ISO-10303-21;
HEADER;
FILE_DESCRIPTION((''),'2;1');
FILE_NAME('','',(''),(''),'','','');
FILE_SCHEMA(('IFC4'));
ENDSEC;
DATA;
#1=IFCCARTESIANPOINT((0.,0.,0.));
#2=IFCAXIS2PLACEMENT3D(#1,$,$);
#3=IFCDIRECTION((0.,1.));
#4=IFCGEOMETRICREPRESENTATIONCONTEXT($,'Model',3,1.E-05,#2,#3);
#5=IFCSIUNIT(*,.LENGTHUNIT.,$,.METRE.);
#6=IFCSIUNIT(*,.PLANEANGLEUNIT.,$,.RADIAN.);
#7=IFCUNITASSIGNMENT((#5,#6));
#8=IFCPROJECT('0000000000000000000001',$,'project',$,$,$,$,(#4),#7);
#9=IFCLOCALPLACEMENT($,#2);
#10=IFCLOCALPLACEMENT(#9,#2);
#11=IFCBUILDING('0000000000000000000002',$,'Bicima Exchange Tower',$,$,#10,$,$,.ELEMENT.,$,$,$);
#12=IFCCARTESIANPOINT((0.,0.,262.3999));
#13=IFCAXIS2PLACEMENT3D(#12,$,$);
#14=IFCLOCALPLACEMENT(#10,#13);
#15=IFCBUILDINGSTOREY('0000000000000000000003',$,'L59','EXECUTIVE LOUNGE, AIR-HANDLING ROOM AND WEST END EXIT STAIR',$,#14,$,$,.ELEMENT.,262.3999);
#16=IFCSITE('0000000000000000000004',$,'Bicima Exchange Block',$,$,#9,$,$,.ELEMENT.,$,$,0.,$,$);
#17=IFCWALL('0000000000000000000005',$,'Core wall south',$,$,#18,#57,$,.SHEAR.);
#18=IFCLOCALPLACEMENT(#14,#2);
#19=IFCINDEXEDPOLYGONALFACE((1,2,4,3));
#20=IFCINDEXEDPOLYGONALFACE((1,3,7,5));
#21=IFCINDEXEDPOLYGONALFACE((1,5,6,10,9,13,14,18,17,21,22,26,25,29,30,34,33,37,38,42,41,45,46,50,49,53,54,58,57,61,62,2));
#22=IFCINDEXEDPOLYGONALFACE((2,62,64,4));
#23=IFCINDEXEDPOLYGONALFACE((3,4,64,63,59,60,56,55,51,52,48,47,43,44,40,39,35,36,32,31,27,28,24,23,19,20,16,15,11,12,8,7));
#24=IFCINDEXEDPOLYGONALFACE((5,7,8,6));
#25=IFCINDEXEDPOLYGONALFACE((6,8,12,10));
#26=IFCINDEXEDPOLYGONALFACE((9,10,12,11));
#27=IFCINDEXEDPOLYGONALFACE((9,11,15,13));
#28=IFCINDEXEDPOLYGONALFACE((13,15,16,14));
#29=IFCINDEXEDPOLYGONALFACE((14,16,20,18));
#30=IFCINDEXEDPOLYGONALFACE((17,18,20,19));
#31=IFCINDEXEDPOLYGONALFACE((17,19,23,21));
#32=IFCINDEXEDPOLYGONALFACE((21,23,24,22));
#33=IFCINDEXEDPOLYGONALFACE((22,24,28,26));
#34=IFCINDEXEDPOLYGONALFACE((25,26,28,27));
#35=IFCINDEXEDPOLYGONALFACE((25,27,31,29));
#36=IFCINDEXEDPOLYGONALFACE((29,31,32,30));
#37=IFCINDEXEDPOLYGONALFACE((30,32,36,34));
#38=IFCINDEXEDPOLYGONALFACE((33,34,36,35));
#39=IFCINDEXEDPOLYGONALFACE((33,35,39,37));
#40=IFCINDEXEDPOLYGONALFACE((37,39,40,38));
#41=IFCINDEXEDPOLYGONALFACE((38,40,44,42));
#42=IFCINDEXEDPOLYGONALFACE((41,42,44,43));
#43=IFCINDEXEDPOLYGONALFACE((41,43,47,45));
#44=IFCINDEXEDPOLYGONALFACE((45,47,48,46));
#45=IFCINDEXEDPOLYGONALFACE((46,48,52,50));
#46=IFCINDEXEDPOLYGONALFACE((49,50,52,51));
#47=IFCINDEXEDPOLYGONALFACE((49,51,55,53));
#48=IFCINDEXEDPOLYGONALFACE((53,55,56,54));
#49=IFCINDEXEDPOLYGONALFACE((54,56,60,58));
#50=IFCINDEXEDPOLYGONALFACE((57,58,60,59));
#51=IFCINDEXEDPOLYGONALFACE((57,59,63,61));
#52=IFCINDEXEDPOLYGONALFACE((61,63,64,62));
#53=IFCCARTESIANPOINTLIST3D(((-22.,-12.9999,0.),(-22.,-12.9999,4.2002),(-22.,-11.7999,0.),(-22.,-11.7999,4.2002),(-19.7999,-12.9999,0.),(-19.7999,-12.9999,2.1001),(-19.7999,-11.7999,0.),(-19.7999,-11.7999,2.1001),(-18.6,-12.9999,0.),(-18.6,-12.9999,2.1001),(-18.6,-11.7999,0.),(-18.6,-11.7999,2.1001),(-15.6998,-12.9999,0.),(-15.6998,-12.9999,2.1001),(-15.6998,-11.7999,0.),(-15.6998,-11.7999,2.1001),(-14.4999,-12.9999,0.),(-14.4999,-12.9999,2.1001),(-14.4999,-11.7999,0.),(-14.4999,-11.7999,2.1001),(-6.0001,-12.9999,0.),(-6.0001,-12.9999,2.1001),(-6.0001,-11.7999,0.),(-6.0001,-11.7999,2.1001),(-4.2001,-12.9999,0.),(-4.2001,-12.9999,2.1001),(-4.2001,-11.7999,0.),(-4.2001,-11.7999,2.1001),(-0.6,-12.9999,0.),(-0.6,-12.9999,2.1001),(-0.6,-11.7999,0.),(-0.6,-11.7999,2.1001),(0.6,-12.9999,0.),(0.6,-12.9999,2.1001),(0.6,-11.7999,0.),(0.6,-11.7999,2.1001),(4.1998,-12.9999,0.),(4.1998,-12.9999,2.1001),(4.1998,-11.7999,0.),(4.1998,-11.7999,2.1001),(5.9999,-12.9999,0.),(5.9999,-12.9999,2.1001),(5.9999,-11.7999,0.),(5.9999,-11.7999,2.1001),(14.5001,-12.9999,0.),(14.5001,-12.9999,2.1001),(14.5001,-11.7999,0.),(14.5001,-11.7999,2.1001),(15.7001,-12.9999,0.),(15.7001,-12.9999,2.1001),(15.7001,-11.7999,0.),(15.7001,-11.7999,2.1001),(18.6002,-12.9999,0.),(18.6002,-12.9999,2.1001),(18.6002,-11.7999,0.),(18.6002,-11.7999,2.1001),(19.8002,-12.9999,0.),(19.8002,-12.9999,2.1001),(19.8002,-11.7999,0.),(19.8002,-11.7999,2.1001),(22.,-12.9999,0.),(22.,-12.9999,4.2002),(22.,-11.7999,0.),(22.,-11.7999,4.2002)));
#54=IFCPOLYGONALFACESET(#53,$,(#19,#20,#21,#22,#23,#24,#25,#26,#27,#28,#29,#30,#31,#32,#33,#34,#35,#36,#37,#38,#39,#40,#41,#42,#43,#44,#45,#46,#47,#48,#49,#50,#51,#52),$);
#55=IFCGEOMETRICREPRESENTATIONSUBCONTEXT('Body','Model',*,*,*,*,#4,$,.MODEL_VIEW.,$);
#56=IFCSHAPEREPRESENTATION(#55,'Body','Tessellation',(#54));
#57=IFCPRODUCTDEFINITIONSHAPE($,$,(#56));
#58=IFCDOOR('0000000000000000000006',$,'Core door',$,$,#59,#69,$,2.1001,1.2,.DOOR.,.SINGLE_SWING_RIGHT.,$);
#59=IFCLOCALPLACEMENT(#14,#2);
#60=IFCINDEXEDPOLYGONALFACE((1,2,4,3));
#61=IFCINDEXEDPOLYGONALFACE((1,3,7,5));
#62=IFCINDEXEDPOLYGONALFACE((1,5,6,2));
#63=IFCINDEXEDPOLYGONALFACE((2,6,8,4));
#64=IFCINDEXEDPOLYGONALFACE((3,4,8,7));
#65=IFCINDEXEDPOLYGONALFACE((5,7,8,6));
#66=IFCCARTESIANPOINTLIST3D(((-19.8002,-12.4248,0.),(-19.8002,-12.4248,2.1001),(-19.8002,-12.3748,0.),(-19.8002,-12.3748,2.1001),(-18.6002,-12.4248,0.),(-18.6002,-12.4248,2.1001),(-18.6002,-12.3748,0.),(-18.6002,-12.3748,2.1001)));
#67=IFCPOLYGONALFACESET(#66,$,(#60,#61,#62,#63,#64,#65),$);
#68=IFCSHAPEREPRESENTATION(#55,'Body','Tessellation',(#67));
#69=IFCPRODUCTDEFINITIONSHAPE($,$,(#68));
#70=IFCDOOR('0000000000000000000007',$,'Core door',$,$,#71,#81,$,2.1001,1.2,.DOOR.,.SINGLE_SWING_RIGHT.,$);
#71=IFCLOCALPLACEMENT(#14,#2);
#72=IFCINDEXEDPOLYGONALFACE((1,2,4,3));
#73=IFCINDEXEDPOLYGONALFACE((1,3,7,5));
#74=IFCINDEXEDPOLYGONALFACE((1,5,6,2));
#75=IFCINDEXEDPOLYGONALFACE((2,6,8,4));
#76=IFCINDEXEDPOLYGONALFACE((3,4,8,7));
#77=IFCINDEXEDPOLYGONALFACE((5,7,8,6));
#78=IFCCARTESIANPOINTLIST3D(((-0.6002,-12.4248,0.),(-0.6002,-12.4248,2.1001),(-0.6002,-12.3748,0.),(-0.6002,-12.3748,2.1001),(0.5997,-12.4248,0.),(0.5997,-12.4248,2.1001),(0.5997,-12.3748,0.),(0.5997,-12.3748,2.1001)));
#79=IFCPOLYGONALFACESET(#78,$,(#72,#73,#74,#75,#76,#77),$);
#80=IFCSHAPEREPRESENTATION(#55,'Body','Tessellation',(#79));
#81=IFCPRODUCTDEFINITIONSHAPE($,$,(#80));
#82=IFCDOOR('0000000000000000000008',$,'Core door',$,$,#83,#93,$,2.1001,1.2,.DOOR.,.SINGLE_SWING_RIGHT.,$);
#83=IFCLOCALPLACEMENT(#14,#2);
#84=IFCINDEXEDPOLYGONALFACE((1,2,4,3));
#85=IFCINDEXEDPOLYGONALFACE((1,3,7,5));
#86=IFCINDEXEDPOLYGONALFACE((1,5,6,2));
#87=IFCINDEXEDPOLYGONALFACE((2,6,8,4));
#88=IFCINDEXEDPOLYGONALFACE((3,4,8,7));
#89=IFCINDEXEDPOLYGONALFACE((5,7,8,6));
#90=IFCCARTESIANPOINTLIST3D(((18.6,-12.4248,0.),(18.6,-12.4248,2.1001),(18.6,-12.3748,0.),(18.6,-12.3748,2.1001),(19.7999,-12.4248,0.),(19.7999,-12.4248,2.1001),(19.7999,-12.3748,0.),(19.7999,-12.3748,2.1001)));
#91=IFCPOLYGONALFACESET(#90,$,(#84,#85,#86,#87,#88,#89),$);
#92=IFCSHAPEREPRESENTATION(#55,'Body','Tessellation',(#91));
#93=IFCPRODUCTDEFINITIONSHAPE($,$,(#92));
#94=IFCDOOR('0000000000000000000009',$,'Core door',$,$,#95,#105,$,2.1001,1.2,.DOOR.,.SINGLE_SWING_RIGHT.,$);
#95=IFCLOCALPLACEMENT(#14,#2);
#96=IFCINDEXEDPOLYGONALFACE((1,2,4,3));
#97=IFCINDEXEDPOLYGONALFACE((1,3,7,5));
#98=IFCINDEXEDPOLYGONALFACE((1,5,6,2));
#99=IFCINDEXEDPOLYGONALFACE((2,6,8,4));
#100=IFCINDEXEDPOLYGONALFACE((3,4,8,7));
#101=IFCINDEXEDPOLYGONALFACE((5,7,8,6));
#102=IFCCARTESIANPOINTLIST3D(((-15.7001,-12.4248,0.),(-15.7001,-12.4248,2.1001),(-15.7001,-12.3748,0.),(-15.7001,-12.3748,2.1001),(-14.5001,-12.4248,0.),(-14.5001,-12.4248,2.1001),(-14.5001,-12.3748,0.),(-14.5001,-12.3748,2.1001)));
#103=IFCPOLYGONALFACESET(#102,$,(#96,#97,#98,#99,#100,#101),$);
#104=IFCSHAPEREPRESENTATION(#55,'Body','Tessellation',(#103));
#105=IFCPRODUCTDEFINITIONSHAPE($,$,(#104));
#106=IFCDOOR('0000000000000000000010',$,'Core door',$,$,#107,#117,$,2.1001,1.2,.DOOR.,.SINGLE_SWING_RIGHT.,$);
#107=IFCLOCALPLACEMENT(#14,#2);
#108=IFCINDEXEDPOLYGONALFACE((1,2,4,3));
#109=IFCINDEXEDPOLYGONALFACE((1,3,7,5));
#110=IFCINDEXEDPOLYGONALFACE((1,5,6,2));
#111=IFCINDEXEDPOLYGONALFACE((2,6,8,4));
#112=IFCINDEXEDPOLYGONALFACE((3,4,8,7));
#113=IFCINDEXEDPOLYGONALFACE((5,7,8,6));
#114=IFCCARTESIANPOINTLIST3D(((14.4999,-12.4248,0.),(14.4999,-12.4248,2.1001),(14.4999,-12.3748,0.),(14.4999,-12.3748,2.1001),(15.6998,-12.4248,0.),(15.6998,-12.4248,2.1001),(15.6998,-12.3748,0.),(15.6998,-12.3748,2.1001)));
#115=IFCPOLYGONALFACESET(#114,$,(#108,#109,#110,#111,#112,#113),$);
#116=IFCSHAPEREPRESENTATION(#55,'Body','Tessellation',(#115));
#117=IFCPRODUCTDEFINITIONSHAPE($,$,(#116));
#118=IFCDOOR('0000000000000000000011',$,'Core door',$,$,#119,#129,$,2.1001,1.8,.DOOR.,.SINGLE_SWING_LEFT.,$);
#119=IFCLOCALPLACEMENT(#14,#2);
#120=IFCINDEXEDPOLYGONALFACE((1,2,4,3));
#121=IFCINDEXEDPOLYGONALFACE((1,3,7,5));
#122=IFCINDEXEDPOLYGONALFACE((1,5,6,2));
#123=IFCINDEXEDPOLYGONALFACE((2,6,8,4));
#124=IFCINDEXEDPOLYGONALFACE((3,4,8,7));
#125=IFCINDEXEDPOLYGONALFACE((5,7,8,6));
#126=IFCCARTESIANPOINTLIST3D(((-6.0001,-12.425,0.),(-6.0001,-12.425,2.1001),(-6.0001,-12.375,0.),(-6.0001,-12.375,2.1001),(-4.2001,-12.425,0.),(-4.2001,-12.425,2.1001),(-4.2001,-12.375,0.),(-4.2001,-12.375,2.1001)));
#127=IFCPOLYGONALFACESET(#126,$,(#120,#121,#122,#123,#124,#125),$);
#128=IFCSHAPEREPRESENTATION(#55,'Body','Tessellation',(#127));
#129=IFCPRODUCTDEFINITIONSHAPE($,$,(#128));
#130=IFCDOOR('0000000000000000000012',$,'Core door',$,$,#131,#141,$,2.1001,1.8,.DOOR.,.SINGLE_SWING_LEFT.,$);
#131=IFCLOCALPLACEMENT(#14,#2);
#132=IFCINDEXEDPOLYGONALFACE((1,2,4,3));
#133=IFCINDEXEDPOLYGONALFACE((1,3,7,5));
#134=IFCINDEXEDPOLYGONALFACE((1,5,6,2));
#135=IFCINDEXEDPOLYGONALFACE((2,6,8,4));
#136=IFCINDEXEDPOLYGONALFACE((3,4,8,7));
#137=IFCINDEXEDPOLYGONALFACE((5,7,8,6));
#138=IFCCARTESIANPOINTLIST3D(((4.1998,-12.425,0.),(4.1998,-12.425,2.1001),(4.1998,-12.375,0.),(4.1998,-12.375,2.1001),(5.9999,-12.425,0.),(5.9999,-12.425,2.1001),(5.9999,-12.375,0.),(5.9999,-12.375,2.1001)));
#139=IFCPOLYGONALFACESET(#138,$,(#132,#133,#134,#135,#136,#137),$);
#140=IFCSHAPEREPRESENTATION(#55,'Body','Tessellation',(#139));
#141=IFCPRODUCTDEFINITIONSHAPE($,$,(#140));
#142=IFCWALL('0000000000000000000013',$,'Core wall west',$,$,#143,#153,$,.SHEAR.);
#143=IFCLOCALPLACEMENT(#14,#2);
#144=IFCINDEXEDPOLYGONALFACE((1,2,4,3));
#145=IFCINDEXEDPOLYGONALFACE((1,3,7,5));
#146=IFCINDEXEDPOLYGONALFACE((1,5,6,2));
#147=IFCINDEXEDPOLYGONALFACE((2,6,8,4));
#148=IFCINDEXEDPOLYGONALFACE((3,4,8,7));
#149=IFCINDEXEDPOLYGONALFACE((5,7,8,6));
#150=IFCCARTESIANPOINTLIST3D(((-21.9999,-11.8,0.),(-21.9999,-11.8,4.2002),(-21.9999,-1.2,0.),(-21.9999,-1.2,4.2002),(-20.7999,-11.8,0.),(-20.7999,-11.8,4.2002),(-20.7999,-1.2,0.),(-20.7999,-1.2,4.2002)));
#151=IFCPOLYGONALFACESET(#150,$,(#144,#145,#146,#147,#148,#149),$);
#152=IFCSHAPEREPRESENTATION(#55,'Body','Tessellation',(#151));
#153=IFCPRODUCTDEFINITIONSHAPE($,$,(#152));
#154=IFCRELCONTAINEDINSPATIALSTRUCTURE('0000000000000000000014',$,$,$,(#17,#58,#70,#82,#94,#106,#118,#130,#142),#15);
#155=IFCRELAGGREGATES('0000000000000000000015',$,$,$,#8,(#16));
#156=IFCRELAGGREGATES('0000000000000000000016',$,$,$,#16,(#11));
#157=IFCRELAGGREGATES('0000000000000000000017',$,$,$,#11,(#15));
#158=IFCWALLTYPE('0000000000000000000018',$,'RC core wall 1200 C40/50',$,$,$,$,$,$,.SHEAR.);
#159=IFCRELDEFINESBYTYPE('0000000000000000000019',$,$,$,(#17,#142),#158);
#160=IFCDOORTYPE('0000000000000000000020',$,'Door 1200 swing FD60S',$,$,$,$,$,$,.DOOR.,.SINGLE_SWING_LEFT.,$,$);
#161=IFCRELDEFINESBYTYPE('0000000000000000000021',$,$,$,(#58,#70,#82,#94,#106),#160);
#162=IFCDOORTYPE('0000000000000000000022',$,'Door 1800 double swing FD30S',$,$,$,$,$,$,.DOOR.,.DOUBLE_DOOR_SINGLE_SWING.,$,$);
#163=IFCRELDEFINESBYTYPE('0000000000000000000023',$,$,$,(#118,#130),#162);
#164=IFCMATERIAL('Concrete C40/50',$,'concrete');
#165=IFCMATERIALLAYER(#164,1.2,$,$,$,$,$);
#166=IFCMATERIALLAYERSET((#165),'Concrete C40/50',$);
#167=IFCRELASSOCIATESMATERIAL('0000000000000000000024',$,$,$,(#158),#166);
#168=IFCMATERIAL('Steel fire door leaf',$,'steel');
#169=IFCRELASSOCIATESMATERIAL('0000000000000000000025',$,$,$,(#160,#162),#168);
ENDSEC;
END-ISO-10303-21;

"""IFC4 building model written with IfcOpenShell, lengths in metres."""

from ifc_helpers import new_model, si_unit, direction, frame, frame_2d, origin, place, context, subcontext, project, spatial, rectangle, extrude, material, layer, layer_set, type_object, element, fill, save


model = new_model("IFC4")

# Units and contexts
model_context = context("Model", 3, precision=1e-05, world=origin(), true_north=direction((0.0, 1.0)))
body_context = subcontext(model_context, "Body", "Model", "MODEL_VIEW")
ifc_project = project(units=[si_unit("LENGTHUNIT", "METRE"), si_unit("PLANEANGLEUNIT", "RADIAN")], contexts=[model_context])

# Site, building, storey
site_placement = place(None, origin())
site = spatial("IfcSite", under=ifc_project, at=site_placement, Name="Bicima Exchange Block", CompositionType="ELEMENT", RefElevation=0.0)
building_placement = place(site_placement, origin())
building = spatial("IfcBuilding", under=site, at=building_placement, Name="Bicima Exchange Tower", CompositionType="ELEMENT")
storey_placement = place(building_placement, frame((0.0, 0.0, 262.3999)))
storey = spatial("IfcBuildingStorey", under=building, at=storey_placement, Name="L59", Description="EXECUTIVE LOUNGE, AIR-HANDLING ROOM AND WEST END EXIT STAIR", CompositionType="ELEMENT", Elevation=262.3999)

# Wall, openings, doors
ifc_material_1 = material(Name="Concrete C40/50", Category="concrete")
ifc_layer_1 = layer(ifc_material_1, 1.2)
ifc_layer_set_1 = layer_set([ifc_layer_1], Name="Concrete C40/50")
wall_type_1 = type_object("IfcWallType", Name="RC core wall 1200 C40/50", PredefinedType="SHEAR", material=ifc_layer_set_1)
wall_1_placement = place(storey_placement, frame((-22.0, -12.3999, 0.0), z_axis=(0.0, 0.0, 1.0), x_axis=(1.0, 0.0, 0.0)))
wall_1 = element("IfcWall", 1, at=wall_1_placement, inside=storey, type_object=wall_type_1, Name="Core wall south", PredefinedType="SHEAR", context=body_context, shape_type="SweptSolid", body=[
    extrude(rectangle(XDim=44.0, YDim=1.2, at=frame_2d((22.0, 0.0))), origin(), (0.0, 0.0, 1.0), 4.2002),
])
opening_1_placement = place(wall_1_placement, frame((2.2, 0.0, 0.0)))
opening_1 = element("IfcOpeningElement", 2, at=opening_1_placement, cuts=wall_1, PredefinedType="OPENING", context=body_context, shape_type="SweptSolid", body=[
    extrude(rectangle(XDim=1.2, YDim=2.1001, at=frame_2d((0.6001, 1.05))), frame((0.0, 0.6118, 0.0), z_axis=(0.0, -1.0, 0.0), x_axis=(1.0, 0.0, 0.0)), (0.0, 0.0, 1.0), 1.2239),
])
opening_2_placement = place(wall_1_placement, frame((21.3999, 0.0, 0.0)))
opening_2 = element("IfcOpeningElement", 3, at=opening_2_placement, cuts=wall_1, PredefinedType="OPENING", context=body_context, shape_type="SweptSolid", body=[
    extrude(rectangle(XDim=1.2, YDim=2.1001, at=frame_2d((0.6001, 1.05))), frame((0.0, 0.6118, 0.0), z_axis=(0.0, -1.0, 0.0), x_axis=(1.0, 0.0, 0.0)), (0.0, 0.0, 1.0), 1.2239),
])
opening_3_placement = place(wall_1_placement, frame((40.6001, 0.0, 0.0)))
opening_3 = element("IfcOpeningElement", 4, at=opening_3_placement, cuts=wall_1, PredefinedType="OPENING", context=body_context, shape_type="SweptSolid", body=[
    extrude(rectangle(XDim=1.2, YDim=2.1001, at=frame_2d((0.6001, 1.05))), frame((0.0, 0.6118, 0.0), z_axis=(0.0, -1.0, 0.0), x_axis=(1.0, 0.0, 0.0)), (0.0, 0.0, 1.0), 1.2239),
])
opening_4_placement = place(wall_1_placement, frame((16.0, 0.0, 0.0)))
opening_4 = element("IfcOpeningElement", 5, at=opening_4_placement, cuts=wall_1, PredefinedType="OPENING", context=body_context, shape_type="SweptSolid", body=[
    extrude(rectangle(XDim=1.8, YDim=2.1001, at=frame_2d((0.8999, 1.05))), frame((0.0, 0.6118, 0.0), z_axis=(0.0, -1.0, 0.0), x_axis=(1.0, 0.0, 0.0)), (0.0, 0.0, 1.0), 1.2239),
])
opening_5_placement = place(wall_1_placement, frame((6.3, 0.0, 0.0)))
opening_5 = element("IfcOpeningElement", 6, at=opening_5_placement, cuts=wall_1, PredefinedType="OPENING", context=body_context, shape_type="SweptSolid", body=[
    extrude(rectangle(XDim=1.2, YDim=2.1001, at=frame_2d((0.6001, 1.05))), frame((0.0, 0.6118, 0.0), z_axis=(0.0, -1.0, 0.0), x_axis=(1.0, 0.0, 0.0)), (0.0, 0.0, 1.0), 1.2239),
])
opening_6_placement = place(wall_1_placement, frame((26.2, 0.0, 0.0)))
opening_6 = element("IfcOpeningElement", 7, at=opening_6_placement, cuts=wall_1, PredefinedType="OPENING", context=body_context, shape_type="SweptSolid", body=[
    extrude(rectangle(XDim=1.8, YDim=2.1001, at=frame_2d((0.8999, 1.05))), frame((0.0, 0.6118, 0.0), z_axis=(0.0, -1.0, 0.0), x_axis=(1.0, 0.0, 0.0)), (0.0, 0.0, 1.0), 1.2239),
])
opening_7_placement = place(wall_1_placement, frame((36.5, 0.0, 0.0)))
opening_7 = element("IfcOpeningElement", 8, at=opening_7_placement, cuts=wall_1, PredefinedType="OPENING", context=body_context, shape_type="SweptSolid", body=[
    extrude(rectangle(XDim=1.2, YDim=2.1001, at=frame_2d((0.6001, 1.05))), frame((0.0, 0.6118, 0.0), z_axis=(0.0, -1.0, 0.0), x_axis=(1.0, 0.0, 0.0)), (0.0, 0.0, 1.0), 1.2239),
])
ifc_material_2 = material(Name="Steel fire door leaf", Category="steel")
door_type_1 = type_object("IfcDoorType", Name="Door 1200 swing FD60S", OperationType="SINGLE_SWING_LEFT", PredefinedType="DOOR", material=ifc_material_2)
door_1_placement = place(opening_1_placement, frame((1.2, 0.0, 0.0), z_axis=(0.0, 0.0, 1.0), x_axis=(-1.0, 0.0, 0.0)))
door_1 = element("IfcDoor", 9, at=door_1_placement, inside=storey, type_object=door_type_1, Name="Core door", OperationType="SINGLE_SWING_RIGHT", OverallHeight=2.1001, OverallWidth=1.2, PredefinedType="DOOR", context=body_context, shape_type="SweptSolid", body=[
    extrude(rectangle(XDim=1.2, YDim=2.1001, at=frame_2d((0.6001, 1.05))), frame((0.0, 0.0249, 0.0), z_axis=(0.0, -1.0, 0.0), x_axis=(1.0, 0.0, 0.0)), (0.0, 0.0, 1.0), 0.05),
])
fill(opening_1, door_1)
door_2_placement = place(opening_2_placement, frame((1.2, 0.0, 0.0), z_axis=(0.0, 0.0, 1.0), x_axis=(-1.0, 0.0, 0.0)))
door_2 = element("IfcDoor", 10, at=door_2_placement, inside=storey, type_object=door_type_1, Name="Core door", OperationType="SINGLE_SWING_RIGHT", OverallHeight=2.1001, OverallWidth=1.2, PredefinedType="DOOR", context=body_context, shape_type="SweptSolid", body=[
    extrude(rectangle(XDim=1.2, YDim=2.1001, at=frame_2d((0.6001, 1.05))), frame((0.0, 0.0249, 0.0), z_axis=(0.0, -1.0, 0.0), x_axis=(1.0, 0.0, 0.0)), (0.0, 0.0, 1.0), 0.05),
])
fill(opening_2, door_2)
door_3_placement = place(opening_3_placement, frame((1.2, 0.0, 0.0), z_axis=(0.0, 0.0, 1.0), x_axis=(-1.0, 0.0, 0.0)))
door_3 = element("IfcDoor", 11, at=door_3_placement, inside=storey, type_object=door_type_1, Name="Core door", OperationType="SINGLE_SWING_RIGHT", OverallHeight=2.1001, OverallWidth=1.2, PredefinedType="DOOR", context=body_context, shape_type="SweptSolid", body=[
    extrude(rectangle(XDim=1.2, YDim=2.1001, at=frame_2d((0.6001, 1.05))), frame((0.0, 0.0249, 0.0), z_axis=(0.0, -1.0, 0.0), x_axis=(1.0, 0.0, 0.0)), (0.0, 0.0, 1.0), 0.05),
])
fill(opening_3, door_3)
door_4_placement = place(opening_5_placement, frame((1.2, 0.0, 0.0), z_axis=(0.0, 0.0, 1.0), x_axis=(-1.0, 0.0, 0.0)))
door_4 = element("IfcDoor", 12, at=door_4_placement, inside=storey, type_object=door_type_1, Name="Core door", OperationType="SINGLE_SWING_RIGHT", OverallHeight=2.1001, OverallWidth=1.2, PredefinedType="DOOR", context=body_context, shape_type="SweptSolid", body=[
    extrude(rectangle(XDim=1.2, YDim=2.1001, at=frame_2d((0.6001, 1.05))), frame((0.0, 0.0249, 0.0), z_axis=(0.0, -1.0, 0.0), x_axis=(1.0, 0.0, 0.0)), (0.0, 0.0, 1.0), 0.05),
])
fill(opening_5, door_4)
door_5_placement = place(opening_7_placement, frame((1.2, 0.0, 0.0), z_axis=(0.0, 0.0, 1.0), x_axis=(-1.0, 0.0, 0.0)))
door_5 = element("IfcDoor", 13, at=door_5_placement, inside=storey, type_object=door_type_1, Name="Core door", OperationType="SINGLE_SWING_RIGHT", OverallHeight=2.1001, OverallWidth=1.2, PredefinedType="DOOR", context=body_context, shape_type="SweptSolid", body=[
    extrude(rectangle(XDim=1.2, YDim=2.1001, at=frame_2d((0.6001, 1.05))), frame((0.0, 0.0249, 0.0), z_axis=(0.0, -1.0, 0.0), x_axis=(1.0, 0.0, 0.0)), (0.0, 0.0, 1.0), 0.05),
])
fill(opening_7, door_5)
door_type_2 = type_object("IfcDoorType", Name="Door 1800 double swing FD30S", OperationType="DOUBLE_DOOR_SINGLE_SWING", PredefinedType="DOOR", material=ifc_material_2)
door_6_placement = place(opening_4_placement, origin())
door_6 = element("IfcDoor", 14, at=door_6_placement, inside=storey, type_object=door_type_2, Name="Core door", OperationType="SINGLE_SWING_LEFT", OverallHeight=2.1001, OverallWidth=1.8, PredefinedType="DOOR", context=body_context, shape_type="SweptSolid", body=[
    extrude(rectangle(XDim=1.8, YDim=2.1001, at=frame_2d((0.8999, 1.05))), frame((0.0, 0.0249, 0.0), z_axis=(0.0, -1.0, 0.0), x_axis=(1.0, 0.0, 0.0)), (0.0, 0.0, 1.0), 0.05),
])
fill(opening_4, door_6)
door_7_placement = place(opening_6_placement, origin())
door_7 = element("IfcDoor", 15, at=door_7_placement, inside=storey, type_object=door_type_2, Name="Core door", OperationType="SINGLE_SWING_LEFT", OverallHeight=2.1001, OverallWidth=1.8, PredefinedType="DOOR", context=body_context, shape_type="SweptSolid", body=[
    extrude(rectangle(XDim=1.8, YDim=2.1001, at=frame_2d((0.8999, 1.05))), frame((0.0, 0.0249, 0.0), z_axis=(0.0, -1.0, 0.0), x_axis=(1.0, 0.0, 0.0)), (0.0, 0.0, 1.0), 0.05),
])
fill(opening_6, door_7)

# Wall
wall_2_placement = place(storey_placement, frame((-21.3999, -11.8, 0.0), z_axis=(0.0, 0.0, 1.0), x_axis=(0.0, 1.0, 0.0)))
element("IfcWall", 16, at=wall_2_placement, inside=storey, type_object=wall_type_1, Name="Core wall west", PredefinedType="SHEAR", context=body_context, shape_type="SweptSolid", body=[
    extrude(rectangle(XDim=10.6001, YDim=1.2, at=frame_2d((5.3, 0.0))), origin(), (0.0, 0.0, 1.0), 4.2002),
])

save(model, "model.ifc")
